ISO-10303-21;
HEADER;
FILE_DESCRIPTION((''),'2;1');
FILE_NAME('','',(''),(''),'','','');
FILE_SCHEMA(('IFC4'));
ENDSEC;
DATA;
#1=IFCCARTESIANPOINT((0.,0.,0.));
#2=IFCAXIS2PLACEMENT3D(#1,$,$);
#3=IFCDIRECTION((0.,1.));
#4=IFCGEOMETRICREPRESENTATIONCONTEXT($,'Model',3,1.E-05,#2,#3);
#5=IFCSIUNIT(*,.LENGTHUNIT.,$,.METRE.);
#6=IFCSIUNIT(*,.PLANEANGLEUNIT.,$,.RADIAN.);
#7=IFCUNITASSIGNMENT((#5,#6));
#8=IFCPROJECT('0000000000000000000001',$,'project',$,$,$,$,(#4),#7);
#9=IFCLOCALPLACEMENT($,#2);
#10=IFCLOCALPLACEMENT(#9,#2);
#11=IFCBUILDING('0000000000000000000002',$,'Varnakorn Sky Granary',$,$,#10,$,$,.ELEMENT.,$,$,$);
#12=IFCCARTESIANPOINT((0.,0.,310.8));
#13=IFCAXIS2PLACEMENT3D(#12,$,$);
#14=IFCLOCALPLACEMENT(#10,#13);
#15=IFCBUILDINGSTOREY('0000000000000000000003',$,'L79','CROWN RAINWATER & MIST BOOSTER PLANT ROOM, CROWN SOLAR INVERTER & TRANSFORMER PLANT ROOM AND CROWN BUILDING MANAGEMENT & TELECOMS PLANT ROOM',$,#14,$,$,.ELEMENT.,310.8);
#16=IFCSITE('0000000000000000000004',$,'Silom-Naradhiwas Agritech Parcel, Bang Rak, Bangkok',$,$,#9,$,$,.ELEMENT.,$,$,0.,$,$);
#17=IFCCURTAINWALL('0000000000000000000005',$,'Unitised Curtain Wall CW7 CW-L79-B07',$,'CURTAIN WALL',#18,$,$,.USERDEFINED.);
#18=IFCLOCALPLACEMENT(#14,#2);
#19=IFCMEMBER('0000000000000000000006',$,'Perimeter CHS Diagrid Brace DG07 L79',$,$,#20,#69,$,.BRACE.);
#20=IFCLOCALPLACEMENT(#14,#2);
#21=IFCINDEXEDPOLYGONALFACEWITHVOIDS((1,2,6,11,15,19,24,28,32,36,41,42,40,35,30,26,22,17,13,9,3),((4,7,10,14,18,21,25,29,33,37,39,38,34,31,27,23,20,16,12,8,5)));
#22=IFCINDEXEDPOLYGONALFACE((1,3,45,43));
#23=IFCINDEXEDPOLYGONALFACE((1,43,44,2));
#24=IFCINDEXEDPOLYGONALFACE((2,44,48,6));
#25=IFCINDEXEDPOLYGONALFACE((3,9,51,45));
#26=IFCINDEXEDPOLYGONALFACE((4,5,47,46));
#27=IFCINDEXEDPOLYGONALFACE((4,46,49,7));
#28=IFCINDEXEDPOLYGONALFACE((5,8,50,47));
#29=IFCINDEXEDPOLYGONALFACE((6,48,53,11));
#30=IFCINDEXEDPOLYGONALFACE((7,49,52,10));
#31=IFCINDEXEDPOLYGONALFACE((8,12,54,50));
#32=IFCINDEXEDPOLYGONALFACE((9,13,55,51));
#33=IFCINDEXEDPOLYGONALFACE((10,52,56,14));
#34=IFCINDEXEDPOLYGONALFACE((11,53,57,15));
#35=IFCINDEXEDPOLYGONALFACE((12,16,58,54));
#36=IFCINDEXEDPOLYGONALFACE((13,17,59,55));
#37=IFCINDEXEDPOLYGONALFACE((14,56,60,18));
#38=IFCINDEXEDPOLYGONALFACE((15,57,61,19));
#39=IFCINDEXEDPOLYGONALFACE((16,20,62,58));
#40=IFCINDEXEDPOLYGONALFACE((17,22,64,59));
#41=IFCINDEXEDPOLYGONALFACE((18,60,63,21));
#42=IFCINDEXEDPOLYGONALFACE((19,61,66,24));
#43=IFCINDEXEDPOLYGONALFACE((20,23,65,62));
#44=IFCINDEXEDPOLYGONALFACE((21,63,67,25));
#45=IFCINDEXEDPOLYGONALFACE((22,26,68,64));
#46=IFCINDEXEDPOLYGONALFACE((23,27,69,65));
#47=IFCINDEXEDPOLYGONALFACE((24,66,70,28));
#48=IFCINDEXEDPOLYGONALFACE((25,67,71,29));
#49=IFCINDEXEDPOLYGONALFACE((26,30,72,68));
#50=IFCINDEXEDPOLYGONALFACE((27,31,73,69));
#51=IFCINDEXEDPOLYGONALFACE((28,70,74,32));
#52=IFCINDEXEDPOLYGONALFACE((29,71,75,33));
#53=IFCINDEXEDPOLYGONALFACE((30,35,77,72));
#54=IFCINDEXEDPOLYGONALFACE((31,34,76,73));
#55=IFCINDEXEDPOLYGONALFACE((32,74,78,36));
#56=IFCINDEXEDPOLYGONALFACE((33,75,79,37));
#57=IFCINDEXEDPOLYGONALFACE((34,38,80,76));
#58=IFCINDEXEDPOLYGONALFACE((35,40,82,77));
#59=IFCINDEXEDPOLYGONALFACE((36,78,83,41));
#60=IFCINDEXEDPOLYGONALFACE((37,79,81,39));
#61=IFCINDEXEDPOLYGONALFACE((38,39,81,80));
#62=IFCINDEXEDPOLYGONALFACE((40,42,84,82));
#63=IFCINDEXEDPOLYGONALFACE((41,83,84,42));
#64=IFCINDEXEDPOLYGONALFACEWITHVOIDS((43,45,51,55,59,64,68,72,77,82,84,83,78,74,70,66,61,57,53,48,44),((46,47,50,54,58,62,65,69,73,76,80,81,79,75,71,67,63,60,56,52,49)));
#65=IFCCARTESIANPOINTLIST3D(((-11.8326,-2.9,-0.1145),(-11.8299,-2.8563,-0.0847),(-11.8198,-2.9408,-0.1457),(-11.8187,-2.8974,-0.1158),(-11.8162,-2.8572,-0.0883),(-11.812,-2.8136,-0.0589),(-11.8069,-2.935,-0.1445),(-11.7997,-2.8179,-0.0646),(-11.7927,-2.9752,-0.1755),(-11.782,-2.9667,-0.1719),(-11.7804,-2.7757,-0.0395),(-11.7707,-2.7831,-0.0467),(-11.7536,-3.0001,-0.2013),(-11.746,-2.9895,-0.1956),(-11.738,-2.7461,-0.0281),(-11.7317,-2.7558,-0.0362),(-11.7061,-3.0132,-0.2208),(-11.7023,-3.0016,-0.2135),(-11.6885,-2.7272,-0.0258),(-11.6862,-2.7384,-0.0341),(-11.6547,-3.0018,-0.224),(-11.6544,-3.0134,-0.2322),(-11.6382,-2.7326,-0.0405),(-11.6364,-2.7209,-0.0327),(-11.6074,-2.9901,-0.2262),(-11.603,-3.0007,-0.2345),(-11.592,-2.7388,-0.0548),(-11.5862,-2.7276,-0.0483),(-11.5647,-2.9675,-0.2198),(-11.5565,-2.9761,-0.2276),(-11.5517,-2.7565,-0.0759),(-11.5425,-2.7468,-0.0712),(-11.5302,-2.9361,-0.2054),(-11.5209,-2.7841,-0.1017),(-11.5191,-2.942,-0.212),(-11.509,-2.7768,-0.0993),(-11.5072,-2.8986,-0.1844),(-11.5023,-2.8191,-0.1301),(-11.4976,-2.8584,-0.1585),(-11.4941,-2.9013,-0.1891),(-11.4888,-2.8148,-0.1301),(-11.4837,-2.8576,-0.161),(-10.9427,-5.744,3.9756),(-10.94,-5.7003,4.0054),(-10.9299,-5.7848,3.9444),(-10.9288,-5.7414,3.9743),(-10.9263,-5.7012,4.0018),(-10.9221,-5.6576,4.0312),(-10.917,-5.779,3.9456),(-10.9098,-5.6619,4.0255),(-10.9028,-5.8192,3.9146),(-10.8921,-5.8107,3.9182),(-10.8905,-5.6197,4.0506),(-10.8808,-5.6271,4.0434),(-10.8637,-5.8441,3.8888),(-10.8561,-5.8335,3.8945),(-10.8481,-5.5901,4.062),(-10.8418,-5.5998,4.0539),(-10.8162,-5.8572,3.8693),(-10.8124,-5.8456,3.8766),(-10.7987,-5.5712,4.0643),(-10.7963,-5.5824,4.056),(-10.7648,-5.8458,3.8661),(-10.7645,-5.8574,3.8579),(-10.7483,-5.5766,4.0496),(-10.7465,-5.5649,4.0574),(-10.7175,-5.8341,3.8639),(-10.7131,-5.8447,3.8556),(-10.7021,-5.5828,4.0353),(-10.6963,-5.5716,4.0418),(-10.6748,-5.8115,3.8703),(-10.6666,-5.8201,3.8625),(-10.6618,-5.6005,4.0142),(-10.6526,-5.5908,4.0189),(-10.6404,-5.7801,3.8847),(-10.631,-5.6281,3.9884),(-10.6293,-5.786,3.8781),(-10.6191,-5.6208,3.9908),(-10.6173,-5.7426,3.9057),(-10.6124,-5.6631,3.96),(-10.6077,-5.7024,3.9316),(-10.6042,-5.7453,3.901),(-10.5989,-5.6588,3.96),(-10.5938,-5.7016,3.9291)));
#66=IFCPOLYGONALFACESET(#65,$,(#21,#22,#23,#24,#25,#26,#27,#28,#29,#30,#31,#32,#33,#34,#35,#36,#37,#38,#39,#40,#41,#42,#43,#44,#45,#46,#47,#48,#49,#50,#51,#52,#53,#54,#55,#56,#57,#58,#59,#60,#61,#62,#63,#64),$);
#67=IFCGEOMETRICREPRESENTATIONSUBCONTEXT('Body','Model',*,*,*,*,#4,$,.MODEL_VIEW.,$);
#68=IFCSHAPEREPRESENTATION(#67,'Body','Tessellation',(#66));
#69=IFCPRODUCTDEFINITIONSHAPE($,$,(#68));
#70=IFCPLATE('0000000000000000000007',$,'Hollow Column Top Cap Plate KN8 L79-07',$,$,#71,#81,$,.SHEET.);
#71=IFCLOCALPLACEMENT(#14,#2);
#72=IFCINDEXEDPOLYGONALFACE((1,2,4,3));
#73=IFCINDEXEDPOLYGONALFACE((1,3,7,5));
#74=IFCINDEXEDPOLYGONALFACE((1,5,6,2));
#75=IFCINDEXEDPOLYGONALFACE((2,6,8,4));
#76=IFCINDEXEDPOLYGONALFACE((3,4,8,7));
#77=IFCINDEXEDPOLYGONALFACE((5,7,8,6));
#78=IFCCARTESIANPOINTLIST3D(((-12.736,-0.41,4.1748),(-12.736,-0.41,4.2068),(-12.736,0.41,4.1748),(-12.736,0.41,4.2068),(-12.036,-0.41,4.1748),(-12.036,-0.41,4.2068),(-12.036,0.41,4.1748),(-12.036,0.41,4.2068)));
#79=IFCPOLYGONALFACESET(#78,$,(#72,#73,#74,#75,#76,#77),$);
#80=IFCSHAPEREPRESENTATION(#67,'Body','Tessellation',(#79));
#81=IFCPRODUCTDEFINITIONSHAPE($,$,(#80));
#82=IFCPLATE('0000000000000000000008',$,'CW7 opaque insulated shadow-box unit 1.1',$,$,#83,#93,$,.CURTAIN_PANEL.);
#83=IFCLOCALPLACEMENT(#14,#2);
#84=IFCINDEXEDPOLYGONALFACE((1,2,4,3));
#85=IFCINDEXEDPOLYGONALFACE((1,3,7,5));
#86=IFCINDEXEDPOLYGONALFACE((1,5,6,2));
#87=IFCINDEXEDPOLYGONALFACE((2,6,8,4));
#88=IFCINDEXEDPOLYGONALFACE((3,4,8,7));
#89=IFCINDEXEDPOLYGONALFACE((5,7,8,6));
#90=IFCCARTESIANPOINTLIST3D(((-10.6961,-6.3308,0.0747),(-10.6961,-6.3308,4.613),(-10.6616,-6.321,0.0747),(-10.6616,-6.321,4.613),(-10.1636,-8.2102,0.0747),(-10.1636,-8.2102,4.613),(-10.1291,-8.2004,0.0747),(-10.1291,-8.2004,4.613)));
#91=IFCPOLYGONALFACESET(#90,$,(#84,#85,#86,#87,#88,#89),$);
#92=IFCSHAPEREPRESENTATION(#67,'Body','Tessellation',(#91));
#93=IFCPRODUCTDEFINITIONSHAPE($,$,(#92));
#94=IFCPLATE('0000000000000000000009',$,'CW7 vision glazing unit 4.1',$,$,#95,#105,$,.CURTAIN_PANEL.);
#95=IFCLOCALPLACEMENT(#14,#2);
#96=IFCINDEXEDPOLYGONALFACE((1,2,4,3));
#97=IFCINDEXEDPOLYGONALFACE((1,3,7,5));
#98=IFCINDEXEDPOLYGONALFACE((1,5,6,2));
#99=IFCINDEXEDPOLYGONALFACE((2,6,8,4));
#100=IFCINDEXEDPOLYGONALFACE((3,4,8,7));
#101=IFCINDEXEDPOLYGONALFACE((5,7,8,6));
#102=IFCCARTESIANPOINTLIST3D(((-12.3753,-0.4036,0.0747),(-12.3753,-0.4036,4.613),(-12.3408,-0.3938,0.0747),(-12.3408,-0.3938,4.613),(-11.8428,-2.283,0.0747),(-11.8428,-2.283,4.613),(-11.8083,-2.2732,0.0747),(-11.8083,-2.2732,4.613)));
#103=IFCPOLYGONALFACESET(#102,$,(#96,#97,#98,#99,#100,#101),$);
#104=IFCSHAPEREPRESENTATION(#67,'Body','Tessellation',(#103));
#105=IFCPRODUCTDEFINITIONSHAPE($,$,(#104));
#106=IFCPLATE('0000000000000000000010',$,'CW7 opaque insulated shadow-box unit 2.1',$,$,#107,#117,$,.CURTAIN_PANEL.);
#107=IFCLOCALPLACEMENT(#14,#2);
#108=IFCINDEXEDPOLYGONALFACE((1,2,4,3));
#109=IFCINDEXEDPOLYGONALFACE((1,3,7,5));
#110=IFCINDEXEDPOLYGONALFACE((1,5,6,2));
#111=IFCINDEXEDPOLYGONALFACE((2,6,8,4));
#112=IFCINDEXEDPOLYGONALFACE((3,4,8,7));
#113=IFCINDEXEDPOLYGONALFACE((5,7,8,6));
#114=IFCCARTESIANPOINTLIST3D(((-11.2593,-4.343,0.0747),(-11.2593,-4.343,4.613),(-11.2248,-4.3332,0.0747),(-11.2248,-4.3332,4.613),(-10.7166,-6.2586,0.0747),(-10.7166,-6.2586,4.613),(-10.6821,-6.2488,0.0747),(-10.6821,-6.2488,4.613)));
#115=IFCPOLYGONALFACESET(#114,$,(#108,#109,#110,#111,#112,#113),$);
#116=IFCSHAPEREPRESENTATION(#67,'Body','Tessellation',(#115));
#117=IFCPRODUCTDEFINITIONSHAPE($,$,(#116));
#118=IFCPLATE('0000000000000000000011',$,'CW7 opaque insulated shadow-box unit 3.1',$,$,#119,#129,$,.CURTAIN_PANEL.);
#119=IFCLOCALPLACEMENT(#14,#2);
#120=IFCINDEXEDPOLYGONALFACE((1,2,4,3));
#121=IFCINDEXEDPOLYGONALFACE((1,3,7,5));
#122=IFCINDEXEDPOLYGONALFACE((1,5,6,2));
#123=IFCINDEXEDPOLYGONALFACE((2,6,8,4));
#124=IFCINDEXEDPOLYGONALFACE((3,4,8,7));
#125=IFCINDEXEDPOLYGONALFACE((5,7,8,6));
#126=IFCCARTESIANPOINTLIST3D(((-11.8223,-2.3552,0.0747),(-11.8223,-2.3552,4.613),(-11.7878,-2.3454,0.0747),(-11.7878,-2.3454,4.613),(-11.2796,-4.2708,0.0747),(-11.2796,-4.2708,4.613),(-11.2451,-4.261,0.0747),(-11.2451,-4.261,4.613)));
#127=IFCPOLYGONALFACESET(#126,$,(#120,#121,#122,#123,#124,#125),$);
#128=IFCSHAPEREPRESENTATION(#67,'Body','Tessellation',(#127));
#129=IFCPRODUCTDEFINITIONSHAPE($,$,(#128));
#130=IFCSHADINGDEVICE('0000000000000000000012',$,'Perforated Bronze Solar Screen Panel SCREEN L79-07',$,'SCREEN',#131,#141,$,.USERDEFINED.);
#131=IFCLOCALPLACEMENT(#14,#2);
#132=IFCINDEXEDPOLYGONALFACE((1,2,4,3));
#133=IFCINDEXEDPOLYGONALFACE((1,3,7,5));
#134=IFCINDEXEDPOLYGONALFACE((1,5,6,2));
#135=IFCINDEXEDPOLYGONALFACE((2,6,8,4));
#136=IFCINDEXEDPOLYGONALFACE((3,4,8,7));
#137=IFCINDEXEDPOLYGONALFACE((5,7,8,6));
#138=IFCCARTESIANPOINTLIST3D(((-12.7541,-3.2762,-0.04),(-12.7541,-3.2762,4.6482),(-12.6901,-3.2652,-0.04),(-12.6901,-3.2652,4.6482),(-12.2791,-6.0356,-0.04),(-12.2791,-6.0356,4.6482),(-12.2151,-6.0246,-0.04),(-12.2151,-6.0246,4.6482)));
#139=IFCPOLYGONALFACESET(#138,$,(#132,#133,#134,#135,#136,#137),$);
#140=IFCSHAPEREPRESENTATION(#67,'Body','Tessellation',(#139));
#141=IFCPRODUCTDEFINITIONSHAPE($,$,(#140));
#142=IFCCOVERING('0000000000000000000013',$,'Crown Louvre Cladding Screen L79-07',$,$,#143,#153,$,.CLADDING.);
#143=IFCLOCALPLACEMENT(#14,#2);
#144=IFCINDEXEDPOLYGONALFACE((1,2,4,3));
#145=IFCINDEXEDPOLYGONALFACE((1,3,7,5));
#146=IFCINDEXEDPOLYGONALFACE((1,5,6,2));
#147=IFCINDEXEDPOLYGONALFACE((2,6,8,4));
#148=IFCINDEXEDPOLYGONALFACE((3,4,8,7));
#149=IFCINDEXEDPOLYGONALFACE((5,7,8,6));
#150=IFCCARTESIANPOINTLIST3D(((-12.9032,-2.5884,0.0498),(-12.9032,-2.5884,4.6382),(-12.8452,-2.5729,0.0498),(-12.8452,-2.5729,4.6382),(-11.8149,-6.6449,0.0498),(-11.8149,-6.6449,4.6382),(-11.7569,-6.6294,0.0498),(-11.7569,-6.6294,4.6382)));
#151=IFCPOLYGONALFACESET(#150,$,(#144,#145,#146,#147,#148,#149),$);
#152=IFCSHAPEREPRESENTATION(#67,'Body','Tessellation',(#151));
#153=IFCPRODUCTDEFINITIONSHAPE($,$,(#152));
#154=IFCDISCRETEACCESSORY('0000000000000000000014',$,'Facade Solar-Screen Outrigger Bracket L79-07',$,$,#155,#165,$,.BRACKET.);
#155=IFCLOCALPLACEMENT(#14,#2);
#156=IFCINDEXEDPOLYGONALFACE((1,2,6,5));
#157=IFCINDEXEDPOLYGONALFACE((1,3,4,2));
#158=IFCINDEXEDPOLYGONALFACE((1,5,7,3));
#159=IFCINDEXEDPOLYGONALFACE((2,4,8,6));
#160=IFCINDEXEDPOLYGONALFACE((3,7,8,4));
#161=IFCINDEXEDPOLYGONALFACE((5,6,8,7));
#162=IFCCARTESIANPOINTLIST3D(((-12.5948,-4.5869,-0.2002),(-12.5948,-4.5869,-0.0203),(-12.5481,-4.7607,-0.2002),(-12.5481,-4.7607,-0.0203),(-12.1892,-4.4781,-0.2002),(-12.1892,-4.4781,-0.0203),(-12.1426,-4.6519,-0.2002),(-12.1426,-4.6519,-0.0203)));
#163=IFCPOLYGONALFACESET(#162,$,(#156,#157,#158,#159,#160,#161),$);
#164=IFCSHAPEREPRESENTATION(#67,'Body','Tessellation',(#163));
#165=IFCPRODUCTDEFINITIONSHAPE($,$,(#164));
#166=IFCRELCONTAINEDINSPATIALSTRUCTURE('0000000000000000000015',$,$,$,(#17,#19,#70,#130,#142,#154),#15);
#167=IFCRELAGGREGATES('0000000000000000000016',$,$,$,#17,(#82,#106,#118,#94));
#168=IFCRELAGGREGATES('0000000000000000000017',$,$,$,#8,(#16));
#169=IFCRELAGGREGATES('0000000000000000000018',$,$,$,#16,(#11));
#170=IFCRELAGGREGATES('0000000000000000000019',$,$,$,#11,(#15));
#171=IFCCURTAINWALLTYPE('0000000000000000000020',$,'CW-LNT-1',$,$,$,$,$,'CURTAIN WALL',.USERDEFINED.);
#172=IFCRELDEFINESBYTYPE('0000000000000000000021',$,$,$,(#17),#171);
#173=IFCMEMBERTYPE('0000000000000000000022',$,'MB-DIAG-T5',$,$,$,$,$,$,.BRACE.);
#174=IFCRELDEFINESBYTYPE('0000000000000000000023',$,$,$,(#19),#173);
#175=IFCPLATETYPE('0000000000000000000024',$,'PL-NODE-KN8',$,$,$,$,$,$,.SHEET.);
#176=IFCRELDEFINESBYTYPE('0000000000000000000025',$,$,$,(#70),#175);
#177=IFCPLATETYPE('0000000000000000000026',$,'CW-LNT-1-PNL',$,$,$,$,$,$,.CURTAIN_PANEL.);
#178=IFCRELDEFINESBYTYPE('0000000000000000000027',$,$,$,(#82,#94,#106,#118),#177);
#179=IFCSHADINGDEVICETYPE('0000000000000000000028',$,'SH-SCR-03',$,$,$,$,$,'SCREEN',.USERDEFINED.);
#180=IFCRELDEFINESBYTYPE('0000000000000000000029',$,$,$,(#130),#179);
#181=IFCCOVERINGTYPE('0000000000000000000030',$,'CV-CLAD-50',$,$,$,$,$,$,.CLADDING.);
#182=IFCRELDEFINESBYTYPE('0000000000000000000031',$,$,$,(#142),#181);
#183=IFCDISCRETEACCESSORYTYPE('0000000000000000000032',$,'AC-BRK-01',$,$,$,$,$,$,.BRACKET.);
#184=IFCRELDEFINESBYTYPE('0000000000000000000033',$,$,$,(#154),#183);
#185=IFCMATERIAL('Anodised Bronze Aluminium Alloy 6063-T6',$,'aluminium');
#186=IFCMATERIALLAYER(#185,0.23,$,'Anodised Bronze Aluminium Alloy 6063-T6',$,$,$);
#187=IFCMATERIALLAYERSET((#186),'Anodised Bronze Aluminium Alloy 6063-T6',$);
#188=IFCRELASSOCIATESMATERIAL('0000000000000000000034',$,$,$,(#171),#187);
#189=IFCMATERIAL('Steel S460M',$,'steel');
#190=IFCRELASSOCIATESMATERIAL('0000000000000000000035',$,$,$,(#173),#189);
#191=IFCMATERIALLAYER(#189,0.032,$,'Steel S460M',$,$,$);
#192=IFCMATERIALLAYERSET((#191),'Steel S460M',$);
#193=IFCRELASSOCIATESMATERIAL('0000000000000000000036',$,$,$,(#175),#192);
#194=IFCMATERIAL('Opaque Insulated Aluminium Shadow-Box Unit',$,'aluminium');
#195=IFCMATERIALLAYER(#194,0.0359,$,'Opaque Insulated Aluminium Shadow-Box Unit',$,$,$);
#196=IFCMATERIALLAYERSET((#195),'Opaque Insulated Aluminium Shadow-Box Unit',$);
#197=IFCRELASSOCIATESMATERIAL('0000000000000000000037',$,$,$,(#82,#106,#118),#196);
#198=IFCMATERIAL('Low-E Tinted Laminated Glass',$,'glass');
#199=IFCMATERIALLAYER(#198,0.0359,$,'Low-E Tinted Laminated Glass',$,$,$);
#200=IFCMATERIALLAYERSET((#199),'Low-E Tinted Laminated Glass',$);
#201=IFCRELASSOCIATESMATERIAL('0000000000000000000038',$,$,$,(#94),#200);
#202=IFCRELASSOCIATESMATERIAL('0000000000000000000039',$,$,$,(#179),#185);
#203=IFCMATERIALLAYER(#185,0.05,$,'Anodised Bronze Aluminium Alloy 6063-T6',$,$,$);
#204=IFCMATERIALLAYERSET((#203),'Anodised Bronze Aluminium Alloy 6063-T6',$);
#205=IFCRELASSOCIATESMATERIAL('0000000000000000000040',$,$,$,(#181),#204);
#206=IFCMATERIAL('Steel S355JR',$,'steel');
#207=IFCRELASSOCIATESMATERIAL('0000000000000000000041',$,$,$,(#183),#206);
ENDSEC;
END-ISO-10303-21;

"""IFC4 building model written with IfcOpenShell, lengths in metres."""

from ifc_helpers import new_model, si_unit, direction, frame, origin, origin_2d, place, context, subcontext, project, spatial, rectangle, hollow_circle, extrude, source, transform, mapped, material, layer, layer_set, material_profile, profile_set, type_object, type_shapes, element, aggregate, save


model = new_model("IFC4")

# Units and contexts
model_context = context("Model", 3, precision=1e-05, world=origin(), true_north=direction((0.0, 1.0)))
body_context = subcontext(model_context, "Body", "Model", "MODEL_VIEW")
ifc_project = project(units=[si_unit("LENGTHUNIT", "METRE"), si_unit("PLANEANGLEUNIT", "RADIAN")], contexts=[model_context])

# Site, building, storey
site_placement = place(None, origin())
site = spatial("IfcSite", under=ifc_project, at=site_placement, Name="Silom-Naradhiwas Agritech Parcel, Bang Rak, Bangkok", CompositionType="ELEMENT", RefElevation=0.0)
building_placement = place(site_placement, origin())
building = spatial("IfcBuilding", under=site, at=building_placement, Name="Varnakorn Sky Granary", CompositionType="ELEMENT")
storey_placement = place(building_placement, frame((0.0, 0.0, 310.8)))
storey = spatial("IfcBuildingStorey", under=building, at=storey_placement, Name="L79", Description="CROWN RAINWATER & MIST BOOSTER PLANT ROOM, CROWN SOLAR INVERTER & TRANSFORMER PLANT ROOM AND CROWN BUILDING MANAGEMENT & TELECOMS PLANT ROOM", CompositionType="ELEMENT", Elevation=310.8)

# Shared definitions
ifc_material_1 = material(Name="Steel S460M", Category="steel")

# Shared definitions
ifc_material_2 = material(Name="Steel S355JR", Category="steel")

# Shared definitions
ifc_material_3 = material(Name="Anodised Bronze Aluminium Alloy 6063-T6", Category="aluminium")
ifc_layer_1 = layer(ifc_material_3, 0.23, Name="Anodised Bronze Aluminium Alloy 6063-T6")
ifc_layer_set_1 = layer_set([ifc_layer_1], Name="Anodised Bronze Aluminium Alloy 6063-T6")
curtain_wall_type = type_object("IfcCurtainWallType", Name="CW-LNT-1", ElementType="CURTAIN WALL", PredefinedType="USERDEFINED", material=ifc_layer_set_1)

# Curtain wall
curtain_wall_1_placement = place(storey_placement, origin())
curtain_wall_1 = element("IfcCurtainWall", 1, at=curtain_wall_1_placement, inside=storey, type_object=curtain_wall_type, Name="Unitised Curtain Wall CW7 CW-L79-B07", ObjectType="CURTAIN WALL", PredefinedType="USERDEFINED")

# Member
ifc_material_profile_1 = material_profile(ifc_material_1, hollow_circle(Radius=0.1777, WallThickness=0.0142, at=origin_2d()), Name="CHS 355.6x14")
ifc_profile_set_1 = profile_set([ifc_material_profile_1], Name="Steel S460M")
member_type_1 = type_object("IfcMemberType", Name="MB-DIAG-T5", PredefinedType="BRACE", material=ifc_profile_set_1)
member_1_placement = place(storey_placement, frame((-11.6584, -2.8679, -0.1301), z_axis=(0.175849, -0.561995, 0.808232), x_axis=(0.954371, 0.298625, 0.0)))
element("IfcMember", 2, at=member_1_placement, inside=storey, type_object=member_type_1, Name="Perimeter CHS Diagrid Brace DG07 L79", PredefinedType="BRACE", context=body_context, shape_type="SweptSolid", body=[
    extrude(hollow_circle(Radius=0.1777, WallThickness=0.0142, at=origin_2d()), origin(), (0.0, 0.0, 1.0), 5.0605),
])

# Plates
ifc_layer_2 = layer(ifc_material_1, 0.032, Name="Steel S460M")
ifc_layer_set_2 = layer_set([ifc_layer_2], Name="Steel S460M")
plate_type_1 = type_object("IfcPlateType", Name="PL-NODE-KN8", PredefinedType="SHEET", material=ifc_layer_set_2)
plate_1_placement = place(storey_placement, frame((-12.386, 0.0, 4.1748), z_axis=(0.0, 0.0, 1.0), x_axis=(1.0, 0.0, 0.0)))
element("IfcPlate", 3, at=plate_1_placement, inside=storey, type_object=plate_type_1, Name="Hollow Column Top Cap Plate KN8 L79-07", PredefinedType="SHEET", context=body_context, shape_type="SweptSolid", body=[
    extrude(rectangle(XDim=0.7, YDim=0.8201, at=origin_2d()), origin(), (0.0, 0.0, 1.0), 0.032),
])
ifc_material_4 = material(Name="Opaque Insulated Aluminium Shadow-Box Unit", Category="aluminium")
ifc_layer_3 = layer(ifc_material_4, 0.0359, Name="Opaque Insulated Aluminium Shadow-Box Unit")
ifc_layer_set_3 = layer_set([ifc_layer_3], Name="Opaque Insulated Aluminium Shadow-Box Unit")
plate_type_2 = type_object("IfcPlateType", Name="CW-LNT-1-PNL", PredefinedType="CURTAIN_PANEL")
shared_shape_1 = source(origin(), body_context, "Body", "SweptSolid", [
    extrude(rectangle(XDim=1.9534, YDim=0.0359, at=origin_2d()), origin(), (0.0, 0.0, 1.0), 4.5383),
])
plate_2_placement = place(storey_placement, frame((-10.4126, -7.2656, 0.0747), z_axis=(0.0, 0.0, 1.0), x_axis=(-0.272577, 0.962134, 0.0)))
plate_2 = element("IfcPlate", 4, at=plate_2_placement, type_object=plate_type_2, material=ifc_layer_set_3, Name="CW7 opaque insulated shadow-box unit 1.1", PredefinedType="CURTAIN_PANEL", context=body_context, shape_type="MappedRepresentation", body=[
    mapped(shared_shape_1, transform((0.0, 0.0, 0.0), x_axis=(1.0, 0.0, 0.0), y_axis=(0.0, 1.0, 0.0), z_axis=(0.0, 0.0, 1.0), scale=1.0)),
])
ifc_material_5 = material(Name="Low-E Tinted Laminated Glass", Category="glass")
ifc_layer_4 = layer(ifc_material_5, 0.0359, Name="Low-E Tinted Laminated Glass")
ifc_layer_set_4 = layer_set([ifc_layer_4], Name="Low-E Tinted Laminated Glass")
plate_3_placement = place(storey_placement, frame((-12.0918, -1.3384, 0.0747), z_axis=(0.0, 0.0, 1.0), x_axis=(-0.272577, 0.962134, 0.0)))
plate_3 = element("IfcPlate", 5, at=plate_3_placement, type_object=plate_type_2, material=ifc_layer_set_4, Name="CW7 vision glazing unit 4.1", PredefinedType="CURTAIN_PANEL", context=body_context, shape_type="MappedRepresentation", body=[
    mapped(shared_shape_1, transform((0.0, 0.0, 0.0), x_axis=(1.0, 0.0, 0.0), y_axis=(0.0, 1.0, 0.0), z_axis=(0.0, 0.0, 1.0), scale=1.0)),
])
shared_shape_2 = source(origin(), body_context, "Body", "SweptSolid", [
    extrude(rectangle(XDim=1.991, YDim=0.0359, at=origin_2d()), origin(), (0.0, 0.0, 1.0), 4.5383),
])
type_shapes(plate_type_2, [shared_shape_1, shared_shape_2])
plate_4_placement = place(storey_placement, frame((-10.9707, -5.2959, 0.0747), z_axis=(0.0, 0.0, 1.0), x_axis=(-0.272577, 0.962134, 0.0)))
plate_4 = element("IfcPlate", 6, at=plate_4_placement, type_object=plate_type_2, material=ifc_layer_set_3, Name="CW7 opaque insulated shadow-box unit 2.1", PredefinedType="CURTAIN_PANEL", context=body_context, shape_type="MappedRepresentation", body=[
    mapped(shared_shape_2, transform((0.0, 0.0, 0.0), x_axis=(1.0, 0.0, 0.0), y_axis=(0.0, 1.0, 0.0), z_axis=(0.0, 0.0, 1.0), scale=1.0)),
])
plate_5_placement = place(storey_placement, frame((-11.5337, -3.3081, 0.0747), z_axis=(0.0, 0.0, 1.0), x_axis=(-0.272577, 0.962134, 0.0)))
plate_5 = element("IfcPlate", 7, at=plate_5_placement, type_object=plate_type_2, material=ifc_layer_set_3, Name="CW7 opaque insulated shadow-box unit 3.1", PredefinedType="CURTAIN_PANEL", context=body_context, shape_type="MappedRepresentation", body=[
    mapped(shared_shape_2, transform((0.0, 0.0, 0.0), x_axis=(1.0, 0.0, 0.0), y_axis=(0.0, 1.0, 0.0), z_axis=(0.0, 0.0, 1.0), scale=1.0)),
])
aggregate(curtain_wall_1, [plate_2, plate_4, plate_5, plate_3])

# Shading device
shading_device_type = type_object("IfcShadingDeviceType", Name="SH-SCR-03", ElementType="SCREEN", PredefinedType="USERDEFINED", material=ifc_material_3)
shared_shape_3 = source(origin(), body_context, "Body", "SweptSolid", [
    extrude(rectangle(XDim=2.8, YDim=0.0649, at=origin_2d()), origin(), (0.0, 0.0, 1.0), 4.6882),
])
type_shapes(shading_device_type, [shared_shape_3])
shading_device_placement = place(storey_placement, frame((-12.4846, -4.6504, -0.04), z_axis=(0.0, 0.0, 1.0), x_axis=(0.169653, -0.985504, 0.0)))
element("IfcShadingDevice", 8, at=shading_device_placement, inside=storey, type_object=shading_device_type, Name="Perforated Bronze Solar Screen Panel SCREEN L79-07", ObjectType="SCREEN", PredefinedType="USERDEFINED", context=body_context, shape_type="MappedRepresentation", body=[
    mapped(shared_shape_3, transform((0.0, 0.0, 0.0), x_axis=(1.0, 0.0, 0.0), y_axis=(0.0, 1.0, 0.0), z_axis=(0.0, 0.0, 1.0), scale=1.0)),
])

# Covering
ifc_layer_5 = layer(ifc_material_3, 0.05, Name="Anodised Bronze Aluminium Alloy 6063-T6")
ifc_layer_set_5 = layer_set([ifc_layer_5], Name="Anodised Bronze Aluminium Alloy 6063-T6")
covering_type = type_object("IfcCoveringType", Name="CV-CLAD-50", PredefinedType="CLADDING", material=ifc_layer_set_5)
shared_shape_4 = source(origin(), body_context, "Body", "SweptSolid", [
    extrude(rectangle(XDim=4.2, YDim=0.0601, at=origin_2d()), origin(), (0.0, 0.0, 1.0), 4.5884),
])
type_shapes(covering_type, [shared_shape_4])
covering_placement = place(storey_placement, frame((-12.3301, -4.6089, 0.0498), z_axis=(0.0, 0.0, 1.0), x_axis=(0.259116, -0.965846, 0.0)))
element("IfcCovering", 9, at=covering_placement, inside=storey, type_object=covering_type, Name="Crown Louvre Cladding Screen L79-07", PredefinedType="CLADDING", context=body_context, shape_type="MappedRepresentation", body=[
    mapped(shared_shape_4, transform((0.0, 0.0, 0.0), x_axis=(1.0, 0.0, 0.0), y_axis=(0.0, 1.0, 0.0), z_axis=(0.0, 0.0, 1.0), scale=1.0)),
])

# Discrete accessory
discrete_accessory_type = type_object("IfcDiscreteAccessoryType", Name="AC-BRK-01", PredefinedType="BRACKET", material=ifc_material_2)
shared_shape_5 = source(origin(), body_context, "Body", "SweptSolid", [
    extrude(rectangle(XDim=0.1799, YDim=0.4199, at=origin_2d()), origin(), (0.0, 0.0, 1.0), 0.1799),
])
type_shapes(discrete_accessory_type, [shared_shape_5])
discrete_accessory_placement = place(storey_placement, frame((-12.3687, -4.6194, -0.2002), z_axis=(0.0, 0.0, 1.0), x_axis=(0.259116, -0.965846, 0.0)))
element("IfcDiscreteAccessory", 10, at=discrete_accessory_placement, inside=storey, type_object=discrete_accessory_type, Name="Facade Solar-Screen Outrigger Bracket L79-07", PredefinedType="BRACKET", context=body_context, shape_type="MappedRepresentation", body=[
    mapped(shared_shape_5, transform((0.0, 0.0, 0.0), x_axis=(1.0, 0.0, 0.0), y_axis=(0.0, 1.0, 0.0), z_axis=(0.0, 0.0, 1.0), scale=1.0)),
])

save(model, "model.ifc")
